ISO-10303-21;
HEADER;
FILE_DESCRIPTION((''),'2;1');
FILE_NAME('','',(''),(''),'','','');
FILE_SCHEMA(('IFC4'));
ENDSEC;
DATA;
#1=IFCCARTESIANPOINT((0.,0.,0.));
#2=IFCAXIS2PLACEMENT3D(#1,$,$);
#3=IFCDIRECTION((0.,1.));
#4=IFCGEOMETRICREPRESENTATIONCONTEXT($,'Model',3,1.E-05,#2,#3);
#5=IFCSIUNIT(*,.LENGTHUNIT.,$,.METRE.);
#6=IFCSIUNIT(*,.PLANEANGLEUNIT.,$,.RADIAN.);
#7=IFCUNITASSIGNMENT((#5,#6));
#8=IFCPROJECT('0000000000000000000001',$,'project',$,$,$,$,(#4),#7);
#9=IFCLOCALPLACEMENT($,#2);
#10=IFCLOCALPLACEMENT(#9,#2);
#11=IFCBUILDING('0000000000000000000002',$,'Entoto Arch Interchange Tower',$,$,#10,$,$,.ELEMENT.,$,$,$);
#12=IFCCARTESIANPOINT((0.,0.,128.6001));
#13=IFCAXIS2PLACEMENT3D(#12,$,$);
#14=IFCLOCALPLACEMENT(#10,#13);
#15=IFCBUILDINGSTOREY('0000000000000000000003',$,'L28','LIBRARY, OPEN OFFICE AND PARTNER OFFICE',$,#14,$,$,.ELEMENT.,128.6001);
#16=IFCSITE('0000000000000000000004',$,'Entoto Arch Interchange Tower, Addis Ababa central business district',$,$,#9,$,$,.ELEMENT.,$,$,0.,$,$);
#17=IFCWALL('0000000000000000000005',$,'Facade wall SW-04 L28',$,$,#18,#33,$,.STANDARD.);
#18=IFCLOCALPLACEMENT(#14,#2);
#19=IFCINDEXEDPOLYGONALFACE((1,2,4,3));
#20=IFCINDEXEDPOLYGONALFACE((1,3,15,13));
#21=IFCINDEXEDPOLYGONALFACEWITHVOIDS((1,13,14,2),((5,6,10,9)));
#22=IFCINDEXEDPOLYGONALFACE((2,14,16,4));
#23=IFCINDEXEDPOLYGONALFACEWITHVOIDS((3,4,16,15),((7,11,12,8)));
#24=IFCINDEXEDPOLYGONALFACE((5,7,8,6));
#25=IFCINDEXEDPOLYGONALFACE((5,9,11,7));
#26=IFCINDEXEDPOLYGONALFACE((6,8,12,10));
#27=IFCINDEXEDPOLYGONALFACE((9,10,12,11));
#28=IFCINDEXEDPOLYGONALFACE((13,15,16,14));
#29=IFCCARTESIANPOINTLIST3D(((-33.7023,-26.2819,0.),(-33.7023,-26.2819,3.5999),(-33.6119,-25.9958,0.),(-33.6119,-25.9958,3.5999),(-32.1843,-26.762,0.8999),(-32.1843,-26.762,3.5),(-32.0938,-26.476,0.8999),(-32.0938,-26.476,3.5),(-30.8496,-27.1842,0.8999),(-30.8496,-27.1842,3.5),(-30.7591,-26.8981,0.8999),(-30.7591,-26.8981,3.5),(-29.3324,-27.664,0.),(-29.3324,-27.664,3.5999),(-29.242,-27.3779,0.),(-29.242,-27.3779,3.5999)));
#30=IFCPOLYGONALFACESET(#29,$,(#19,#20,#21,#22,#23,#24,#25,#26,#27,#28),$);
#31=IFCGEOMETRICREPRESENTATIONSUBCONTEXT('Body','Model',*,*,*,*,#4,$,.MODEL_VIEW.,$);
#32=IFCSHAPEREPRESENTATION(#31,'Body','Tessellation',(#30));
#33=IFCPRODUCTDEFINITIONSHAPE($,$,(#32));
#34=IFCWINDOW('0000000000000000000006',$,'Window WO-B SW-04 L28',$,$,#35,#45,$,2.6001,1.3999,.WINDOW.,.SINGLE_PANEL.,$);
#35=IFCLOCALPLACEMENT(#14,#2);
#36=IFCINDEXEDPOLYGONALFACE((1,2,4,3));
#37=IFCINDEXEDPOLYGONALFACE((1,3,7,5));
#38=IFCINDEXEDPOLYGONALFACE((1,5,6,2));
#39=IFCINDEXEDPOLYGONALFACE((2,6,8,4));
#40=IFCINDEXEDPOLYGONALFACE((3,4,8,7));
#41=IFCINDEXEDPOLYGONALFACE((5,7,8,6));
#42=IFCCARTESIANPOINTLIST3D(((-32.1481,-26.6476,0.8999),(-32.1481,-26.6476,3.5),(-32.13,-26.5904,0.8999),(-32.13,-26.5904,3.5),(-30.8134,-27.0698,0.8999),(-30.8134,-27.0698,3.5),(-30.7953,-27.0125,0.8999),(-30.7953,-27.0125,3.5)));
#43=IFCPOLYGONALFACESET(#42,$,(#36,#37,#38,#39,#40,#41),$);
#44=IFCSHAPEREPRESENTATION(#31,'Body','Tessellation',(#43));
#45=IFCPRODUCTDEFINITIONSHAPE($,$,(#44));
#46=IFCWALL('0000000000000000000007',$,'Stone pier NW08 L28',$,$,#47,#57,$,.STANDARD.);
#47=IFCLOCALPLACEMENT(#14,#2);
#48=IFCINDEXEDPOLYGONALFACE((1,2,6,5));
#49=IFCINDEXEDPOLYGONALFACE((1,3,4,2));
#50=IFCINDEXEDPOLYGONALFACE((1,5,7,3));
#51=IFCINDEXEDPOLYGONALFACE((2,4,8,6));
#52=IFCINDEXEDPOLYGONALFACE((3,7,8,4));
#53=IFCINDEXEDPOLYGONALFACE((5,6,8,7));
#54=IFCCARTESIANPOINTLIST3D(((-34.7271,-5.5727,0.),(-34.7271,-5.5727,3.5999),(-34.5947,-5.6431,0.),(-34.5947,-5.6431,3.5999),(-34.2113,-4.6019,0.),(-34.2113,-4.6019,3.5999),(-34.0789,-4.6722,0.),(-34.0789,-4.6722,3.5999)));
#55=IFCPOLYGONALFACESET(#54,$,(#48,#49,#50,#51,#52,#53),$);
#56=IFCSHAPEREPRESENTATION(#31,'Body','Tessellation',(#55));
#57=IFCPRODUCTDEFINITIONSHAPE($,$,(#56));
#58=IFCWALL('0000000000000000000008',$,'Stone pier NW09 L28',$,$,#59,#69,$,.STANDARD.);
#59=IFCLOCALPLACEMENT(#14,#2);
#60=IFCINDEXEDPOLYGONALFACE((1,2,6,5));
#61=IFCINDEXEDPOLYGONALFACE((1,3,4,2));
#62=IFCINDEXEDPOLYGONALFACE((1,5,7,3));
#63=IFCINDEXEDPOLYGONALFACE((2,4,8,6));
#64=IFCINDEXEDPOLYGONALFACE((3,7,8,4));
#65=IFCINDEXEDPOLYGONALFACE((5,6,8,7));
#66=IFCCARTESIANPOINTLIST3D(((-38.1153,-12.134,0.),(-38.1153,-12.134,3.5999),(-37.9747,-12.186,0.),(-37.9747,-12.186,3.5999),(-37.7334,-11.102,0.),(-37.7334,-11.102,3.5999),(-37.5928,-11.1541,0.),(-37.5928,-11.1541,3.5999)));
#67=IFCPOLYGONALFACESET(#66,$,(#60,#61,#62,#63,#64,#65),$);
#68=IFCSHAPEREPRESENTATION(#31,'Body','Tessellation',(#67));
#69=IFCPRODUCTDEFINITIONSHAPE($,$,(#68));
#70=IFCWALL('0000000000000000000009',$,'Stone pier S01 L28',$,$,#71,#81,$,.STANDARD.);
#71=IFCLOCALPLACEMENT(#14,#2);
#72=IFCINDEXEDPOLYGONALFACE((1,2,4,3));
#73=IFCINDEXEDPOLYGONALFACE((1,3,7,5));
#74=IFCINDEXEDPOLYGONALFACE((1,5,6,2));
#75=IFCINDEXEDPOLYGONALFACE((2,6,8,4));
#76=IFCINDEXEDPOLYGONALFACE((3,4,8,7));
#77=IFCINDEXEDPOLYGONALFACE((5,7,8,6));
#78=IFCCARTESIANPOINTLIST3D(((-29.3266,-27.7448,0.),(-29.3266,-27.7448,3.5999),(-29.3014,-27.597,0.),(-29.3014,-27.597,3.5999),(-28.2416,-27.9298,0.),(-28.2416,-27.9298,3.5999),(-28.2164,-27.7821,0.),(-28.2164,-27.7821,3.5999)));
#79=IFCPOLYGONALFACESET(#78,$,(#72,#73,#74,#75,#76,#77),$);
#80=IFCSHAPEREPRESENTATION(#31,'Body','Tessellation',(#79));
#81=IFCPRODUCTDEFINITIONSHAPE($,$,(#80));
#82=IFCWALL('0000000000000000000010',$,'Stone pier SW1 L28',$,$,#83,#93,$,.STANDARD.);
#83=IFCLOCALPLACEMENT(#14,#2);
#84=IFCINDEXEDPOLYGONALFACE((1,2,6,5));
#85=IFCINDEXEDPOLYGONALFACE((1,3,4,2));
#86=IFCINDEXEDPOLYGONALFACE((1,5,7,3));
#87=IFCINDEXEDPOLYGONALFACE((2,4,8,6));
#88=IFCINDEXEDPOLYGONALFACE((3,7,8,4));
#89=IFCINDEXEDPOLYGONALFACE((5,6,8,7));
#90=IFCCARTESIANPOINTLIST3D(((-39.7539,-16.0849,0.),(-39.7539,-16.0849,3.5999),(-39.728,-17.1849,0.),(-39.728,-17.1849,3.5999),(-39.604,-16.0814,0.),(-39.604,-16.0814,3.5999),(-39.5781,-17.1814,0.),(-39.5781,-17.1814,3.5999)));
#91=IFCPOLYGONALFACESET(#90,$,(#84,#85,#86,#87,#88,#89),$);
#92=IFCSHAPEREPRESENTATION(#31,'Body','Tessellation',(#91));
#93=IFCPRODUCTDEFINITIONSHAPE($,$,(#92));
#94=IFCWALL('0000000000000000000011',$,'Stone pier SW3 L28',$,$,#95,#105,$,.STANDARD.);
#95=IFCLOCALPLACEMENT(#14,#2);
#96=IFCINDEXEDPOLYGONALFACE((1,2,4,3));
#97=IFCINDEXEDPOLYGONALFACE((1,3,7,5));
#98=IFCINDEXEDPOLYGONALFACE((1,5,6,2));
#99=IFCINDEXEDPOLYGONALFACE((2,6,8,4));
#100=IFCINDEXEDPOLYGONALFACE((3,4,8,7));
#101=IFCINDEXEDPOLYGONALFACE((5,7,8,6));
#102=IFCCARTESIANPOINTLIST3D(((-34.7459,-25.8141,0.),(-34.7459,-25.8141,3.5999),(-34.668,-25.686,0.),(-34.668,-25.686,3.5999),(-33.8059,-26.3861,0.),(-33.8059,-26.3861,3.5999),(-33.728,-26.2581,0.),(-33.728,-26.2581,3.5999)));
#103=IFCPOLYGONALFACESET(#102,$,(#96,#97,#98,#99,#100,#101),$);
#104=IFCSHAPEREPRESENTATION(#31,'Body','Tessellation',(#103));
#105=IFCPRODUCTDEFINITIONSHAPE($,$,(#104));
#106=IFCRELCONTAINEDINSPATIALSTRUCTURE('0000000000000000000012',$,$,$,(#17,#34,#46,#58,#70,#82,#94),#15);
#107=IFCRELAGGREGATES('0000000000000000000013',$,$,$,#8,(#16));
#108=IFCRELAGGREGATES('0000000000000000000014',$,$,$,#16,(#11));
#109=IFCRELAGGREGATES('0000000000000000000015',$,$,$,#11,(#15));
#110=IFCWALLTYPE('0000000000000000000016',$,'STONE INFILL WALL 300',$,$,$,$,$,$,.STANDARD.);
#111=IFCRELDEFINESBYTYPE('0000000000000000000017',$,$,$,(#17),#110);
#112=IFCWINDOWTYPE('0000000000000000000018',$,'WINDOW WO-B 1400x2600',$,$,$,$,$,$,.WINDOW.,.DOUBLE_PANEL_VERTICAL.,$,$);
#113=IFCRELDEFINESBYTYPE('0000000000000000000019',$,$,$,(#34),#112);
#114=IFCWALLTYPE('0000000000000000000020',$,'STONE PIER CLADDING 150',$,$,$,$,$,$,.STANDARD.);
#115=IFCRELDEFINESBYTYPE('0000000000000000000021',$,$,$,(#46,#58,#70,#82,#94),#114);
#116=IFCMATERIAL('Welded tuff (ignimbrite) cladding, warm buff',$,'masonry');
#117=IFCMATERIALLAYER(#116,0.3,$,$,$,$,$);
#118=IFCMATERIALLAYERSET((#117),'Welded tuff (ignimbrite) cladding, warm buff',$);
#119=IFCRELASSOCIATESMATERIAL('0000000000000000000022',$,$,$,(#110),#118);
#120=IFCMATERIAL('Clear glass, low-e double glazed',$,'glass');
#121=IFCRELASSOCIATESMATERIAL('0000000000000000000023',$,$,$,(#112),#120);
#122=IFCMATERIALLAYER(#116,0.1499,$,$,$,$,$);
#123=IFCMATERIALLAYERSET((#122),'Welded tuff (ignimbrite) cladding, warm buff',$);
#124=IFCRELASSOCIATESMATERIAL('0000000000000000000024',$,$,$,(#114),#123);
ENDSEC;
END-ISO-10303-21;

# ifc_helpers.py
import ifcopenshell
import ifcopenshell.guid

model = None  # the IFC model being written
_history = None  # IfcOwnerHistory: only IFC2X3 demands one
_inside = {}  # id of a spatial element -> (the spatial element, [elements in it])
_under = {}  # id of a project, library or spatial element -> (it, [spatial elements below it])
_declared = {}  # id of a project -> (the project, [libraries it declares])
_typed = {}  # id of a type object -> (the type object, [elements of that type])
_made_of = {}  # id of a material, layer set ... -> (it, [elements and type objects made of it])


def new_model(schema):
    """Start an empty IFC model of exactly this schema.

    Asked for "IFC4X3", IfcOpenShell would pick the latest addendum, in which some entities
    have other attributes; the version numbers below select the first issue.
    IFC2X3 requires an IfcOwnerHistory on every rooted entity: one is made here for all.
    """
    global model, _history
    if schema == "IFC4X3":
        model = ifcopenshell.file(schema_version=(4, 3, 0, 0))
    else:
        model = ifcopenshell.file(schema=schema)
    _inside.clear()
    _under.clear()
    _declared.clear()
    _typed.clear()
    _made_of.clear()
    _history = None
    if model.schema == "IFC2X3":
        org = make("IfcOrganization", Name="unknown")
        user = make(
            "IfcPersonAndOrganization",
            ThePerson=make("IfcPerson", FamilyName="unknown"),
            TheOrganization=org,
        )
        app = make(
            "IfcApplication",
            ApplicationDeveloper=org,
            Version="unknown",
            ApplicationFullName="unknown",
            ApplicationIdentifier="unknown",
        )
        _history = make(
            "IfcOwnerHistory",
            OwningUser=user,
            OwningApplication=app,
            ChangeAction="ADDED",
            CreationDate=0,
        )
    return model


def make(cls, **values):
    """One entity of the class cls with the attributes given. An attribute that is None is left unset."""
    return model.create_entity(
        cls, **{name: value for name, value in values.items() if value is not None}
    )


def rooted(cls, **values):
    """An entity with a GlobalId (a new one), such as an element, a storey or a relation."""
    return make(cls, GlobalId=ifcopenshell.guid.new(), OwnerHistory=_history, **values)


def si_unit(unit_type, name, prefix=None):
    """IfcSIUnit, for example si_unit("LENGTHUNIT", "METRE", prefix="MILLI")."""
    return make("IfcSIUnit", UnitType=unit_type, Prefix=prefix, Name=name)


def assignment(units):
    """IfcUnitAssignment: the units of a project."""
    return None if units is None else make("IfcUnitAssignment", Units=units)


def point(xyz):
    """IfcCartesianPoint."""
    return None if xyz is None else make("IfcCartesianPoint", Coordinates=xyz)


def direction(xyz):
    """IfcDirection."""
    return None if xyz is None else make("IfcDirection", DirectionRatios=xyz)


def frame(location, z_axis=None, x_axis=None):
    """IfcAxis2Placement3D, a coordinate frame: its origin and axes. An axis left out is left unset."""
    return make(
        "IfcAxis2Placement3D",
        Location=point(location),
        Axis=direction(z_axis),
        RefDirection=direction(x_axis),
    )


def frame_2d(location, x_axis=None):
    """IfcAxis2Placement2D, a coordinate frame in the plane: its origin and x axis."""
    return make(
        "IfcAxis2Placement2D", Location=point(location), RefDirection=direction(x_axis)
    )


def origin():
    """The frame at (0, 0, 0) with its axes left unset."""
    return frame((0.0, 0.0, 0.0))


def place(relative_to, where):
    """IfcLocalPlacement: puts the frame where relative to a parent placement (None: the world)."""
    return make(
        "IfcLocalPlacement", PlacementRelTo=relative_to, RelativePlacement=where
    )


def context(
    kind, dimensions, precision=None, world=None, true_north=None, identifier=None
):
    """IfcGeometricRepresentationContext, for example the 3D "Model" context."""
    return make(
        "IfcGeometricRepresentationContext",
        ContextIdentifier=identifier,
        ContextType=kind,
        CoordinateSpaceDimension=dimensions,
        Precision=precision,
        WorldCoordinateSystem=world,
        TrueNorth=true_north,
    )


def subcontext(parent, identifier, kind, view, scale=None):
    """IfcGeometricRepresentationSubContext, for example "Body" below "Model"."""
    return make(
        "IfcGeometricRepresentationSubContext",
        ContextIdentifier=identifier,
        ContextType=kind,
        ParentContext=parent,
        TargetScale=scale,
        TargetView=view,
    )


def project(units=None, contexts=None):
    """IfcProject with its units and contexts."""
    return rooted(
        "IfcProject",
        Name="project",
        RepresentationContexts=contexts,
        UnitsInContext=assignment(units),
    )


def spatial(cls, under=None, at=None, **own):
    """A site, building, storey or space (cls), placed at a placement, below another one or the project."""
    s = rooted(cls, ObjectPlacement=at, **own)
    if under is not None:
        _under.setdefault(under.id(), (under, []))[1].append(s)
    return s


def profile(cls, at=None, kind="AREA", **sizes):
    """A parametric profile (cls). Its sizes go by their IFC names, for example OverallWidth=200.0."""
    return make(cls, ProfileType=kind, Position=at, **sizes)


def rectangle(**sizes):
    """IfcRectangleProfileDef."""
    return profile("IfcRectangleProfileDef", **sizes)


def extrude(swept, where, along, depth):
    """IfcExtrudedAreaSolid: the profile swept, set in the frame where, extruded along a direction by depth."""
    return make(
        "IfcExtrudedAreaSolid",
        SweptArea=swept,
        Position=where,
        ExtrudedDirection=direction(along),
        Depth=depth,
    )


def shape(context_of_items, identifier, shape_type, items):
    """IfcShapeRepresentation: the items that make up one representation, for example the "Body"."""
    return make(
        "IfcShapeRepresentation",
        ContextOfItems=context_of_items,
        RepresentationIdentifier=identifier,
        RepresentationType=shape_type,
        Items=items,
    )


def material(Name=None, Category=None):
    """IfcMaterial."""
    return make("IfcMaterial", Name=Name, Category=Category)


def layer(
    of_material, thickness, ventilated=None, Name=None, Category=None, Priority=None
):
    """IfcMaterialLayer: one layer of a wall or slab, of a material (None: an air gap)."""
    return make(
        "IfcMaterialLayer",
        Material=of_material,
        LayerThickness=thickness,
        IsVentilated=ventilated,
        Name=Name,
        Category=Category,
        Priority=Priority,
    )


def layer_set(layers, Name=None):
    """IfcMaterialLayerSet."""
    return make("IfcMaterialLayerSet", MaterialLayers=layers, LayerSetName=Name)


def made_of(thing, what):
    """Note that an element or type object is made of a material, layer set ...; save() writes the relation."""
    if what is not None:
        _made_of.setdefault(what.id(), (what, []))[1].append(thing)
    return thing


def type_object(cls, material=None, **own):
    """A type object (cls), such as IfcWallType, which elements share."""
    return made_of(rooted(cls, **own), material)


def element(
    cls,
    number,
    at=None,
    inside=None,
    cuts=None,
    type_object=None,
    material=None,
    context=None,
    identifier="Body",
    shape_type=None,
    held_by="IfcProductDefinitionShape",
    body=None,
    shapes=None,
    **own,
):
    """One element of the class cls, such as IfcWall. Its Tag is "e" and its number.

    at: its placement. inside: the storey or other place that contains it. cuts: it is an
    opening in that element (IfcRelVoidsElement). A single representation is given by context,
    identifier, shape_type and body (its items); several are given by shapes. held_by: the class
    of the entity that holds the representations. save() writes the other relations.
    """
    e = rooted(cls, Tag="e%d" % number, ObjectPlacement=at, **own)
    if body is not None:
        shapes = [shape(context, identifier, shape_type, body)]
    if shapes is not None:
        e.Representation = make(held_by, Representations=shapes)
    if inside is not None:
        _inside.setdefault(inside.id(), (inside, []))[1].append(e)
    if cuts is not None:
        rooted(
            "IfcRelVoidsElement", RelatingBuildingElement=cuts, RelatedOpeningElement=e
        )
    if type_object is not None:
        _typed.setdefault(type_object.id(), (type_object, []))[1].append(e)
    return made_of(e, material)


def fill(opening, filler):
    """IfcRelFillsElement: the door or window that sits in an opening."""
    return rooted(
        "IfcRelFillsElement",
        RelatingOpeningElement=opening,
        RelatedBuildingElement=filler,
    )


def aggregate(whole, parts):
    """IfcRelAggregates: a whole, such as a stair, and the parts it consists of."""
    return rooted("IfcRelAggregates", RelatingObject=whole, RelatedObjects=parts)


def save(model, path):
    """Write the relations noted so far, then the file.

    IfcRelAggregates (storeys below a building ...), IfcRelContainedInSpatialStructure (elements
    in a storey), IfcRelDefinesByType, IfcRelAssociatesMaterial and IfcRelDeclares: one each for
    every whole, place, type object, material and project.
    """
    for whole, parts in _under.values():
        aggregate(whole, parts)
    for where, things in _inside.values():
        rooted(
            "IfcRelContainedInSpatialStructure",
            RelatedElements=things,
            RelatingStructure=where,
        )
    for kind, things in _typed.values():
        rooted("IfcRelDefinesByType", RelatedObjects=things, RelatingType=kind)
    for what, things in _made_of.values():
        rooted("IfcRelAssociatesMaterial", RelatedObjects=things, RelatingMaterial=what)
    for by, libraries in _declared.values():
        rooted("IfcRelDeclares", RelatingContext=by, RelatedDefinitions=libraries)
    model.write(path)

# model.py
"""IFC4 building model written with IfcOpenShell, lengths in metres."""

from ifc_helpers import new_model, si_unit, direction, frame, frame_2d, origin, place, context, subcontext, project, spatial, rectangle, extrude, material, layer, layer_set, type_object, element, fill, save


model = new_model("IFC4")

# Units and contexts
model_context = context("Model", 3, precision=1e-05, world=origin(), true_north=direction((0.0, 1.0)))
body_context = subcontext(model_context, "Body", "Model", "MODEL_VIEW")
ifc_project = project(units=[si_unit("LENGTHUNIT", "METRE"), si_unit("PLANEANGLEUNIT", "RADIAN")], contexts=[model_context])

# Site, building, storey
site_placement = place(None, origin())
site = spatial("IfcSite", under=ifc_project, at=site_placement, Name="Entoto Arch Interchange Tower, Addis Ababa central business district", CompositionType="ELEMENT", RefElevation=0.0)
building_placement = place(site_placement, origin())
building = spatial("IfcBuilding", under=site, at=building_placement, Name="Entoto Arch Interchange Tower", CompositionType="ELEMENT")
storey_placement = place(building_placement, frame((0.0, 0.0, 128.6001)))
storey = spatial("IfcBuildingStorey", under=building, at=storey_placement, Name="L28", Description="LIBRARY, OPEN OFFICE AND PARTNER OFFICE", CompositionType="ELEMENT", Elevation=128.6001)

# Shared definitions
ifc_material_1 = material(Name="Welded tuff (ignimbrite) cladding, warm buff", Category="masonry")
ifc_layer_1 = layer(ifc_material_1, 0.3)
ifc_layer_set_1 = layer_set([ifc_layer_1], Name="Welded tuff (ignimbrite) cladding, warm buff")
wall_type_1 = type_object("IfcWallType", Name="STONE INFILL WALL 300", PredefinedType="STANDARD", material=ifc_layer_set_1)
ifc_material_2 = material(Name="Clear glass, low-e double glazed", Category="glass")

# Wall, opening, window
window_type_1 = type_object("IfcWindowType", Name="WINDOW WO-B 1400x2600", PartitioningType="DOUBLE_PANEL_VERTICAL", PredefinedType="WINDOW", material=ifc_material_2)
wall_1_placement = place(storey_placement, frame((-33.657, -26.1389, 0.0), z_axis=(0.0, 0.0, 1.0), x_axis=(0.95345, -0.301552, 0.0)))
wall_1 = element("IfcWall", 1, at=wall_1_placement, inside=storey, type_object=wall_type_1, Name="Facade wall SW-04 L28", PredefinedType="STANDARD", context=body_context, shape_type="SweptSolid", body=[
    extrude(rectangle(XDim=4.5833, YDim=0.3, at=frame_2d((2.2915, 0.0))), origin(), (0.0, 0.0, 1.0), 3.5999),
])
opening_1_placement = place(wall_1_placement, frame((1.592, 0.0, 0.8999)))
opening_1 = element("IfcOpeningElement", 2, at=opening_1_placement, cuts=wall_1, PredefinedType="OPENING", context=body_context, shape_type="SweptSolid", body=[
    extrude(rectangle(XDim=1.3999, YDim=2.6001, at=frame_2d((0.7, 1.3))), frame((0.0, 0.1602, 0.0), z_axis=(0.0, -1.0, 0.0), x_axis=(1.0, 0.0, 0.0)), (0.0, 0.0, 1.0), 0.3201),
])
window_1_placement = place(opening_1_placement, origin())
window_1 = element("IfcWindow", 3, at=window_1_placement, inside=storey, type_object=window_type_1, Name="Window WO-B SW-04 L28", OverallHeight=2.6001, OverallWidth=1.3999, PartitioningType="SINGLE_PANEL", PredefinedType="WINDOW", context=body_context, shape_type="SweptSolid", body=[
    extrude(rectangle(XDim=1.3999, YDim=2.6001, at=frame_2d((0.7, 1.3))), frame((0.0, 0.03, 0.0), z_axis=(0.0, -1.0, 0.0), x_axis=(1.0, 0.0, 0.0)), (0.0, 0.0, 1.0), 0.0601),
])
fill(opening_1, window_1)

# Walls
ifc_layer_2 = layer(ifc_material_1, 0.1499)
ifc_layer_set_2 = layer_set([ifc_layer_2], Name="Welded tuff (ignimbrite) cladding, warm buff")
wall_type_2 = type_object("IfcWallType", Name="STONE PIER CLADDING 150", PredefinedType="STANDARD", material=ifc_layer_set_2)
wall_2_placement = place(storey_placement, frame((-34.145, -4.637, 0.0), z_axis=(0.0, 0.0, 1.0), x_axis=(-0.469193, -0.883096, 0.0)))
element("IfcWall", 4, at=wall_2_placement, inside=storey, type_object=wall_type_2, Name="Stone pier NW08 L28", PredefinedType="STANDARD", context=body_context, shape_type="SweptSolid", body=[
    extrude(rectangle(XDim=1.0994, YDim=0.1499, at=frame_2d((0.5498, 0.0))), origin(), (0.0, 0.0, 1.0), 3.5999),
])
wall_3_placement = place(storey_placement, frame((-37.6631, -11.1279, 0.0), z_axis=(0.0, 0.0, 1.0), x_axis=(-0.347011, -0.937861, 0.0)))
element("IfcWall", 5, at=wall_3_placement, inside=storey, type_object=wall_type_2, Name="Stone pier NW09 L28", PredefinedType="STANDARD", context=body_context, shape_type="SweptSolid", body=[
    extrude(rectangle(XDim=1.1003, YDim=0.1499, at=frame_2d((0.5503, 0.0))), origin(), (0.0, 0.0, 1.0), 3.5999),
])
wall_4_placement = place(storey_placement, frame((-29.314, -27.6709, 0.0), z_axis=(0.0, 0.0, 1.0), x_axis=(0.985763, -0.168139, 0.0)))
element("IfcWall", 6, at=wall_4_placement, inside=storey, type_object=wall_type_2, Name="Stone pier S01 L28", PredefinedType="STANDARD", context=body_context, shape_type="SweptSolid", body=[
    extrude(rectangle(XDim=1.1006, YDim=0.1499, at=frame_2d((0.5503, 0.0))), origin(), (0.0, 0.0, 1.0), 3.5999),
])
for number, where, z_axis, x_axis, name in (
    (7, (-39.679, -16.083, 0.0), (0.0, 0.0, 1.0), (0.023518, -0.999723, 0.0), "Stone pier SW1 L28"),
    (8, (-34.707, -25.75, 0.0), (0.0, 0.0, 1.0), (0.854246, -0.51987, 0.0), "Stone pier SW3 L28"),
):
    element("IfcWall", number, at=place(storey_placement, frame(where, z_axis=z_axis, x_axis=x_axis)), inside=storey, type_object=wall_type_2, Name=name, PredefinedType="STANDARD", context=body_context, shape_type="SweptSolid", body=[
        extrude(rectangle(XDim=1.1003, YDim=0.1499, at=frame_2d((0.5503, 0.0))), origin(), (0.0, 0.0, 1.0), 3.5999),
    ])

save(model, "model.ifc")
